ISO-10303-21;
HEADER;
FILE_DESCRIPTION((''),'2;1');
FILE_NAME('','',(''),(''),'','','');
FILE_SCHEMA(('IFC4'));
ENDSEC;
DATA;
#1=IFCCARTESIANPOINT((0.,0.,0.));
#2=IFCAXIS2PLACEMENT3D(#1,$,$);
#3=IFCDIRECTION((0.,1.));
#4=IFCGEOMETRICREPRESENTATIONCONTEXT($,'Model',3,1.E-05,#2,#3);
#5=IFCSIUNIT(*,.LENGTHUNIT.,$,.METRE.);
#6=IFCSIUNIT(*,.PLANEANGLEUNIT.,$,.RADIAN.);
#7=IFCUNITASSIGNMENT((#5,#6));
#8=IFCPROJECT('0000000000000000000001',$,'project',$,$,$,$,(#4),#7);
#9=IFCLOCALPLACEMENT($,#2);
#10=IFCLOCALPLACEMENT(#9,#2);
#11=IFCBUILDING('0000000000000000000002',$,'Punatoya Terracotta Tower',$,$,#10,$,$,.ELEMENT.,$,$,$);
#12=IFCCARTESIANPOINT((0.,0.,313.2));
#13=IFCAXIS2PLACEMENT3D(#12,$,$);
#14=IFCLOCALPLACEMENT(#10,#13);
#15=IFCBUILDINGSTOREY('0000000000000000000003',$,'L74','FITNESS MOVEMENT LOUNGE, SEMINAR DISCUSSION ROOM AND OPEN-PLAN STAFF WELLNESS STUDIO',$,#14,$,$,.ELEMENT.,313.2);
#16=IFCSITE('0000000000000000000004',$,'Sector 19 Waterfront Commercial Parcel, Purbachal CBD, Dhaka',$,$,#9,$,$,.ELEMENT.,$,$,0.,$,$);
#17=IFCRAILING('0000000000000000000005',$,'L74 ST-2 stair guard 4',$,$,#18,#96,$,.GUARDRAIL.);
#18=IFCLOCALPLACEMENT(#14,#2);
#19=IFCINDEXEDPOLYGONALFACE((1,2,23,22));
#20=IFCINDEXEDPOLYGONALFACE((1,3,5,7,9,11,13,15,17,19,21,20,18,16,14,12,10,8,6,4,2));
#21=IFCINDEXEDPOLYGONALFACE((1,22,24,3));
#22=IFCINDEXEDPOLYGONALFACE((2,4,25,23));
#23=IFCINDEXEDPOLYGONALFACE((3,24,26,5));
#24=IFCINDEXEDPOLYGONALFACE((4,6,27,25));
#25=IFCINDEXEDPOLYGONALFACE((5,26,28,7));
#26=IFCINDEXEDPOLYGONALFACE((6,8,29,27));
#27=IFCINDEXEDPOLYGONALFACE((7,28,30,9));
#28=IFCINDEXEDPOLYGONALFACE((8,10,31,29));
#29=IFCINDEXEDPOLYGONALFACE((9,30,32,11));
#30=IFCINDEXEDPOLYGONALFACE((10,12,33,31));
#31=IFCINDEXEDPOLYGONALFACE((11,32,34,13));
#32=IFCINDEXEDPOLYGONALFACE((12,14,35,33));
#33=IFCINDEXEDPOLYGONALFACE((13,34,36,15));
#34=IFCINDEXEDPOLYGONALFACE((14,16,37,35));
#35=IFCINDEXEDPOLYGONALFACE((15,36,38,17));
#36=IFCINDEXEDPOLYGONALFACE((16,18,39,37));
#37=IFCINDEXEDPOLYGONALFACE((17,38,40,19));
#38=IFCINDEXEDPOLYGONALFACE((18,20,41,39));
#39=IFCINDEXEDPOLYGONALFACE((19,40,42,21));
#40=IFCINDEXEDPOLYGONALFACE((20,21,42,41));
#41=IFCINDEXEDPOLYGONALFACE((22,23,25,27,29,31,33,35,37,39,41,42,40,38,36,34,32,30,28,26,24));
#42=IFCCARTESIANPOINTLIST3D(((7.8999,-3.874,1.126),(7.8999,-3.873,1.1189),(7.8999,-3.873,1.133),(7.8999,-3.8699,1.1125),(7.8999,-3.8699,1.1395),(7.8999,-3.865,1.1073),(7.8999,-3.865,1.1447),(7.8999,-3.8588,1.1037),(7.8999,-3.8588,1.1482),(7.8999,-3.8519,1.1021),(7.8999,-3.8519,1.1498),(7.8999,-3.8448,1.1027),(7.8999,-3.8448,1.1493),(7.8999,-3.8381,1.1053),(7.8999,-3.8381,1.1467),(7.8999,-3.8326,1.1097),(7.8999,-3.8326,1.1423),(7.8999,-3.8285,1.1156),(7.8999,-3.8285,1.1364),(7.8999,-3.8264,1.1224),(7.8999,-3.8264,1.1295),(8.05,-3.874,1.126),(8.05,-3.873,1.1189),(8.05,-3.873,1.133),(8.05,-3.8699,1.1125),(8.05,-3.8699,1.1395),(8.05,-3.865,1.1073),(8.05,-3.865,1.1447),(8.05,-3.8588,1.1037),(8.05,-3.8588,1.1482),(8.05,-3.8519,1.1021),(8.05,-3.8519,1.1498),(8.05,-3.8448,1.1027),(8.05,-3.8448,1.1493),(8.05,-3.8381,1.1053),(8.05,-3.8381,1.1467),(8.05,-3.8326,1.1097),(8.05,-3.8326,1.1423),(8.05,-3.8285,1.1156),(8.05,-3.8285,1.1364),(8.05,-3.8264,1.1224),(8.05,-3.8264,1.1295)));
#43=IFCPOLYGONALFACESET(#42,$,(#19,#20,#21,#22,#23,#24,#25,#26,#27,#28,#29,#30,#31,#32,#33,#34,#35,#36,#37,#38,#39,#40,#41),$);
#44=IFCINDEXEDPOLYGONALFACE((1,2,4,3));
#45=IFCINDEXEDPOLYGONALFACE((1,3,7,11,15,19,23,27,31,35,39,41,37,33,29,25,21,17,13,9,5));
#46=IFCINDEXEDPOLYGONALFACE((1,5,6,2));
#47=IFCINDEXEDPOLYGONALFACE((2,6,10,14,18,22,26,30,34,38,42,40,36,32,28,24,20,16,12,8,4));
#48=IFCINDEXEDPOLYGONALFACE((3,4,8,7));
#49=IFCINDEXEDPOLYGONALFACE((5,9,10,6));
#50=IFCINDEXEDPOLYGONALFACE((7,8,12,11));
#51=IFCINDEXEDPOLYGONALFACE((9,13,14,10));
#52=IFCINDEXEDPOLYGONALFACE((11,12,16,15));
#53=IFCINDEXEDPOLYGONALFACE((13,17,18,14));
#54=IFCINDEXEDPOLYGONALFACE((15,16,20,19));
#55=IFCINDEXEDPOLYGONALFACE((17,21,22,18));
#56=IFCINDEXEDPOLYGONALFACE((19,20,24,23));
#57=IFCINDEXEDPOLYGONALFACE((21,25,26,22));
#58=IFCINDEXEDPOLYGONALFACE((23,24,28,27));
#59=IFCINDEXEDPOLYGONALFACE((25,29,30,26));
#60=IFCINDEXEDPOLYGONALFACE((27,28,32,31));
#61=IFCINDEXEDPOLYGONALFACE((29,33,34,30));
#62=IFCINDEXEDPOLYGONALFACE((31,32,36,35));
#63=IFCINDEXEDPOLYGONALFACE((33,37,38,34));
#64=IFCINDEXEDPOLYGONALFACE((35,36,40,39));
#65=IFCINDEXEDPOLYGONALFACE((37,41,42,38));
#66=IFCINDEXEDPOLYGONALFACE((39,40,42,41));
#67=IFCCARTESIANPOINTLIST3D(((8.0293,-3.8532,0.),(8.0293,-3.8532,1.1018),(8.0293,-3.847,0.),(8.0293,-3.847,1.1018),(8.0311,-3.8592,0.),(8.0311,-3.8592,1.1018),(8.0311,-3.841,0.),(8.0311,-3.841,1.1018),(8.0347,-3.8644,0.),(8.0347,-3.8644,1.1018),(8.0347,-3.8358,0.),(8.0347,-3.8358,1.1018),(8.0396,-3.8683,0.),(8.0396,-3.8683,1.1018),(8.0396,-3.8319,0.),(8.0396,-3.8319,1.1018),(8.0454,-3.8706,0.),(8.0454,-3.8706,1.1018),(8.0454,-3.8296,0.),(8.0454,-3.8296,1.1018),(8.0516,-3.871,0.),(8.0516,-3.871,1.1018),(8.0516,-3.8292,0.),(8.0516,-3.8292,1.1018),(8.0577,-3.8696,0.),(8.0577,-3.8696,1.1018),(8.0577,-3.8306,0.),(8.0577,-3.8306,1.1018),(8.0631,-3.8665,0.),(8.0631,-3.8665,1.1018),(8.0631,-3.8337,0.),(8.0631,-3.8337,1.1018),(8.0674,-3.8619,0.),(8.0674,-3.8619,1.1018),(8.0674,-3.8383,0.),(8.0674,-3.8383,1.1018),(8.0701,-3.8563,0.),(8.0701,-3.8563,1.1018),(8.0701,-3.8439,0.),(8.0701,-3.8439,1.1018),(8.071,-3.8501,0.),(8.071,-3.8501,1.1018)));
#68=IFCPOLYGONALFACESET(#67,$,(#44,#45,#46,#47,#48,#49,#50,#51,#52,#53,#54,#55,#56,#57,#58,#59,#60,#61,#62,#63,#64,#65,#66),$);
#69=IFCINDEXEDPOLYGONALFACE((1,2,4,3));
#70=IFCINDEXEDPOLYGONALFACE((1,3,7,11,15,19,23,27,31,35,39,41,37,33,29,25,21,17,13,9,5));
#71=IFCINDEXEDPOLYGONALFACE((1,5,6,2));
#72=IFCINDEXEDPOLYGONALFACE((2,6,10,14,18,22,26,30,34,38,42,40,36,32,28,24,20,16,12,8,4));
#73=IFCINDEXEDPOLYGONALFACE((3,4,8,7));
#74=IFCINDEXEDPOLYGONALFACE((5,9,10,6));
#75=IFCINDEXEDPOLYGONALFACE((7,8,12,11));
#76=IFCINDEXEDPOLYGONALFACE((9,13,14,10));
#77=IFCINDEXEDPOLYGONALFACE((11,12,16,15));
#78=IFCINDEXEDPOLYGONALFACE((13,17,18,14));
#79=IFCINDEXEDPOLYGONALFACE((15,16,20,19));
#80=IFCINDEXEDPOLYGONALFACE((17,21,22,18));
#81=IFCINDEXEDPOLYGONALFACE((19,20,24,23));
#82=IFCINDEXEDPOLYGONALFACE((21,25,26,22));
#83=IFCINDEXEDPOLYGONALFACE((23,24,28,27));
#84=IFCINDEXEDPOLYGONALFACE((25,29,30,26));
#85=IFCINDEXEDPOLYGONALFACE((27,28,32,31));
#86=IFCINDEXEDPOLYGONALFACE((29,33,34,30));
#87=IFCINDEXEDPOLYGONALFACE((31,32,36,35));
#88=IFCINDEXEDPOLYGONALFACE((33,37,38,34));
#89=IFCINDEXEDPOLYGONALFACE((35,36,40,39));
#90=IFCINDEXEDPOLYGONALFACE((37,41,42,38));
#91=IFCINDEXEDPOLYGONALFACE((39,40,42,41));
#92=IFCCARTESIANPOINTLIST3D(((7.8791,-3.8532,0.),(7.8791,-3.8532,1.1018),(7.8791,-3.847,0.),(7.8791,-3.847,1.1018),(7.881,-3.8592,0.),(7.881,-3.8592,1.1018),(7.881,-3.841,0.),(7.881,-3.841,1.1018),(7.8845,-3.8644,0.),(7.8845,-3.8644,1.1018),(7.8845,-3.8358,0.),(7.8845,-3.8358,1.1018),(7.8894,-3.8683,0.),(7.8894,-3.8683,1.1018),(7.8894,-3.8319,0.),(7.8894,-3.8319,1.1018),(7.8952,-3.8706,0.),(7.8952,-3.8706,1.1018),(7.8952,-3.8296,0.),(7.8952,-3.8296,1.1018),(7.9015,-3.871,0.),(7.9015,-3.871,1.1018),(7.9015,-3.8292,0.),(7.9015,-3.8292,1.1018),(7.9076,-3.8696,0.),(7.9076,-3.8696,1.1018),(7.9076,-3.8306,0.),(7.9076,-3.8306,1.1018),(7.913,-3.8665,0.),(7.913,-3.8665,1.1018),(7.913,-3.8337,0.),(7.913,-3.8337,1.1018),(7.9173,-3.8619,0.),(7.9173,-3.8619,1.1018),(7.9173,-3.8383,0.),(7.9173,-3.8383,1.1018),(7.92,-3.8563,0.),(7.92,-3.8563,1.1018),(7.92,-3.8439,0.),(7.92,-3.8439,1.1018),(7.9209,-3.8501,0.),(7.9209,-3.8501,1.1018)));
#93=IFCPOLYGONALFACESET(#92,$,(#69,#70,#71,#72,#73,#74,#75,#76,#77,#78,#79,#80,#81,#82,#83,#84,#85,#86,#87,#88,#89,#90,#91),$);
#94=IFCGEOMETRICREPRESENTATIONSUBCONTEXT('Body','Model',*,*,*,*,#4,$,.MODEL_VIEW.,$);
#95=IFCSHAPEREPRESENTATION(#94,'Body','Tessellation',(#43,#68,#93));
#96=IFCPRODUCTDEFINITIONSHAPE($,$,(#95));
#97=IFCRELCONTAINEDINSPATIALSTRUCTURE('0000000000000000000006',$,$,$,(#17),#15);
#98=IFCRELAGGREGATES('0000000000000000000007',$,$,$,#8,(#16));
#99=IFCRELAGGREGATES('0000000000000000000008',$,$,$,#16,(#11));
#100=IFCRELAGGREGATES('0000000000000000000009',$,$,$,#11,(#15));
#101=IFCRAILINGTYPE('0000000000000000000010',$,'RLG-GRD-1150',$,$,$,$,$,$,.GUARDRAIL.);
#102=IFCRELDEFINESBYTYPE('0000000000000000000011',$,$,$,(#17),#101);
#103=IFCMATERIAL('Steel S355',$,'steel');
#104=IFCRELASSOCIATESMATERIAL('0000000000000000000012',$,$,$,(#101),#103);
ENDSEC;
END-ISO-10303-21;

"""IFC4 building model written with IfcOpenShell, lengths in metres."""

from ifc_helpers import new_model, si_unit, direction, frame, origin, origin_2d, place, context, subcontext, project, spatial, circle, extrude, material, type_object, element, save


model = new_model("IFC4")

# Units and contexts
model_context = context("Model", 3, precision=1e-05, world=origin(), true_north=direction((0.0, 1.0)))
body_context = subcontext(model_context, "Body", "Model", "MODEL_VIEW")
ifc_project = project(units=[si_unit("LENGTHUNIT", "METRE"), si_unit("PLANEANGLEUNIT", "RADIAN")], contexts=[model_context])

# Site, building, storey
site_placement = place(None, origin())
site = spatial("IfcSite", under=ifc_project, at=site_placement, Name="Sector 19 Waterfront Commercial Parcel, Purbachal CBD, Dhaka", CompositionType="ELEMENT", RefElevation=0.0)
building_placement = place(site_placement, origin())
building = spatial("IfcBuilding", under=site, at=building_placement, Name="Punatoya Terracotta Tower", CompositionType="ELEMENT")
storey_placement = place(building_placement, frame((0.0, 0.0, 313.2)))
storey = spatial("IfcBuildingStorey", under=building, at=storey_placement, Name="L74", Description="FITNESS MOVEMENT LOUNGE, SEMINAR DISCUSSION ROOM AND OPEN-PLAN STAFF WELLNESS STUDIO", CompositionType="ELEMENT", Elevation=313.2)

# Railing
ifc_material_1 = material(Name="Steel S355", Category="steel")
railing_type = type_object("IfcRailingType", Name="RLG-GRD-1150", PredefinedType="GUARDRAIL", material=ifc_material_1)
railing_1_placement = place(storey_placement, frame((8.05, -3.8501, 0.0)))
element("IfcRailing", 1, at=railing_1_placement, inside=storey, type_object=railing_type, Name="L74 ST-2 stair guard 4", PredefinedType="GUARDRAIL", context=body_context, shape_type="SweptSolid", body=[
    extrude(circle(Radius=0.0239, at=origin_2d()), frame((0.0, 0.0, 1.126), z_axis=(-1.0, 0.0, 0.0), x_axis=(0.0, -1.0, 0.0)), (0.0, 0.0, 1.0), 0.1501),
    extrude(circle(Radius=0.021, at=origin_2d()), origin(), (0.0, 0.0, 1.0), 1.1018),
    extrude(circle(Radius=0.021, at=origin_2d()), frame((-0.1501, 0.0, 0.0)), (0.0, 0.0, 1.0), 1.1018),
])

save(model, "model.ifc")
